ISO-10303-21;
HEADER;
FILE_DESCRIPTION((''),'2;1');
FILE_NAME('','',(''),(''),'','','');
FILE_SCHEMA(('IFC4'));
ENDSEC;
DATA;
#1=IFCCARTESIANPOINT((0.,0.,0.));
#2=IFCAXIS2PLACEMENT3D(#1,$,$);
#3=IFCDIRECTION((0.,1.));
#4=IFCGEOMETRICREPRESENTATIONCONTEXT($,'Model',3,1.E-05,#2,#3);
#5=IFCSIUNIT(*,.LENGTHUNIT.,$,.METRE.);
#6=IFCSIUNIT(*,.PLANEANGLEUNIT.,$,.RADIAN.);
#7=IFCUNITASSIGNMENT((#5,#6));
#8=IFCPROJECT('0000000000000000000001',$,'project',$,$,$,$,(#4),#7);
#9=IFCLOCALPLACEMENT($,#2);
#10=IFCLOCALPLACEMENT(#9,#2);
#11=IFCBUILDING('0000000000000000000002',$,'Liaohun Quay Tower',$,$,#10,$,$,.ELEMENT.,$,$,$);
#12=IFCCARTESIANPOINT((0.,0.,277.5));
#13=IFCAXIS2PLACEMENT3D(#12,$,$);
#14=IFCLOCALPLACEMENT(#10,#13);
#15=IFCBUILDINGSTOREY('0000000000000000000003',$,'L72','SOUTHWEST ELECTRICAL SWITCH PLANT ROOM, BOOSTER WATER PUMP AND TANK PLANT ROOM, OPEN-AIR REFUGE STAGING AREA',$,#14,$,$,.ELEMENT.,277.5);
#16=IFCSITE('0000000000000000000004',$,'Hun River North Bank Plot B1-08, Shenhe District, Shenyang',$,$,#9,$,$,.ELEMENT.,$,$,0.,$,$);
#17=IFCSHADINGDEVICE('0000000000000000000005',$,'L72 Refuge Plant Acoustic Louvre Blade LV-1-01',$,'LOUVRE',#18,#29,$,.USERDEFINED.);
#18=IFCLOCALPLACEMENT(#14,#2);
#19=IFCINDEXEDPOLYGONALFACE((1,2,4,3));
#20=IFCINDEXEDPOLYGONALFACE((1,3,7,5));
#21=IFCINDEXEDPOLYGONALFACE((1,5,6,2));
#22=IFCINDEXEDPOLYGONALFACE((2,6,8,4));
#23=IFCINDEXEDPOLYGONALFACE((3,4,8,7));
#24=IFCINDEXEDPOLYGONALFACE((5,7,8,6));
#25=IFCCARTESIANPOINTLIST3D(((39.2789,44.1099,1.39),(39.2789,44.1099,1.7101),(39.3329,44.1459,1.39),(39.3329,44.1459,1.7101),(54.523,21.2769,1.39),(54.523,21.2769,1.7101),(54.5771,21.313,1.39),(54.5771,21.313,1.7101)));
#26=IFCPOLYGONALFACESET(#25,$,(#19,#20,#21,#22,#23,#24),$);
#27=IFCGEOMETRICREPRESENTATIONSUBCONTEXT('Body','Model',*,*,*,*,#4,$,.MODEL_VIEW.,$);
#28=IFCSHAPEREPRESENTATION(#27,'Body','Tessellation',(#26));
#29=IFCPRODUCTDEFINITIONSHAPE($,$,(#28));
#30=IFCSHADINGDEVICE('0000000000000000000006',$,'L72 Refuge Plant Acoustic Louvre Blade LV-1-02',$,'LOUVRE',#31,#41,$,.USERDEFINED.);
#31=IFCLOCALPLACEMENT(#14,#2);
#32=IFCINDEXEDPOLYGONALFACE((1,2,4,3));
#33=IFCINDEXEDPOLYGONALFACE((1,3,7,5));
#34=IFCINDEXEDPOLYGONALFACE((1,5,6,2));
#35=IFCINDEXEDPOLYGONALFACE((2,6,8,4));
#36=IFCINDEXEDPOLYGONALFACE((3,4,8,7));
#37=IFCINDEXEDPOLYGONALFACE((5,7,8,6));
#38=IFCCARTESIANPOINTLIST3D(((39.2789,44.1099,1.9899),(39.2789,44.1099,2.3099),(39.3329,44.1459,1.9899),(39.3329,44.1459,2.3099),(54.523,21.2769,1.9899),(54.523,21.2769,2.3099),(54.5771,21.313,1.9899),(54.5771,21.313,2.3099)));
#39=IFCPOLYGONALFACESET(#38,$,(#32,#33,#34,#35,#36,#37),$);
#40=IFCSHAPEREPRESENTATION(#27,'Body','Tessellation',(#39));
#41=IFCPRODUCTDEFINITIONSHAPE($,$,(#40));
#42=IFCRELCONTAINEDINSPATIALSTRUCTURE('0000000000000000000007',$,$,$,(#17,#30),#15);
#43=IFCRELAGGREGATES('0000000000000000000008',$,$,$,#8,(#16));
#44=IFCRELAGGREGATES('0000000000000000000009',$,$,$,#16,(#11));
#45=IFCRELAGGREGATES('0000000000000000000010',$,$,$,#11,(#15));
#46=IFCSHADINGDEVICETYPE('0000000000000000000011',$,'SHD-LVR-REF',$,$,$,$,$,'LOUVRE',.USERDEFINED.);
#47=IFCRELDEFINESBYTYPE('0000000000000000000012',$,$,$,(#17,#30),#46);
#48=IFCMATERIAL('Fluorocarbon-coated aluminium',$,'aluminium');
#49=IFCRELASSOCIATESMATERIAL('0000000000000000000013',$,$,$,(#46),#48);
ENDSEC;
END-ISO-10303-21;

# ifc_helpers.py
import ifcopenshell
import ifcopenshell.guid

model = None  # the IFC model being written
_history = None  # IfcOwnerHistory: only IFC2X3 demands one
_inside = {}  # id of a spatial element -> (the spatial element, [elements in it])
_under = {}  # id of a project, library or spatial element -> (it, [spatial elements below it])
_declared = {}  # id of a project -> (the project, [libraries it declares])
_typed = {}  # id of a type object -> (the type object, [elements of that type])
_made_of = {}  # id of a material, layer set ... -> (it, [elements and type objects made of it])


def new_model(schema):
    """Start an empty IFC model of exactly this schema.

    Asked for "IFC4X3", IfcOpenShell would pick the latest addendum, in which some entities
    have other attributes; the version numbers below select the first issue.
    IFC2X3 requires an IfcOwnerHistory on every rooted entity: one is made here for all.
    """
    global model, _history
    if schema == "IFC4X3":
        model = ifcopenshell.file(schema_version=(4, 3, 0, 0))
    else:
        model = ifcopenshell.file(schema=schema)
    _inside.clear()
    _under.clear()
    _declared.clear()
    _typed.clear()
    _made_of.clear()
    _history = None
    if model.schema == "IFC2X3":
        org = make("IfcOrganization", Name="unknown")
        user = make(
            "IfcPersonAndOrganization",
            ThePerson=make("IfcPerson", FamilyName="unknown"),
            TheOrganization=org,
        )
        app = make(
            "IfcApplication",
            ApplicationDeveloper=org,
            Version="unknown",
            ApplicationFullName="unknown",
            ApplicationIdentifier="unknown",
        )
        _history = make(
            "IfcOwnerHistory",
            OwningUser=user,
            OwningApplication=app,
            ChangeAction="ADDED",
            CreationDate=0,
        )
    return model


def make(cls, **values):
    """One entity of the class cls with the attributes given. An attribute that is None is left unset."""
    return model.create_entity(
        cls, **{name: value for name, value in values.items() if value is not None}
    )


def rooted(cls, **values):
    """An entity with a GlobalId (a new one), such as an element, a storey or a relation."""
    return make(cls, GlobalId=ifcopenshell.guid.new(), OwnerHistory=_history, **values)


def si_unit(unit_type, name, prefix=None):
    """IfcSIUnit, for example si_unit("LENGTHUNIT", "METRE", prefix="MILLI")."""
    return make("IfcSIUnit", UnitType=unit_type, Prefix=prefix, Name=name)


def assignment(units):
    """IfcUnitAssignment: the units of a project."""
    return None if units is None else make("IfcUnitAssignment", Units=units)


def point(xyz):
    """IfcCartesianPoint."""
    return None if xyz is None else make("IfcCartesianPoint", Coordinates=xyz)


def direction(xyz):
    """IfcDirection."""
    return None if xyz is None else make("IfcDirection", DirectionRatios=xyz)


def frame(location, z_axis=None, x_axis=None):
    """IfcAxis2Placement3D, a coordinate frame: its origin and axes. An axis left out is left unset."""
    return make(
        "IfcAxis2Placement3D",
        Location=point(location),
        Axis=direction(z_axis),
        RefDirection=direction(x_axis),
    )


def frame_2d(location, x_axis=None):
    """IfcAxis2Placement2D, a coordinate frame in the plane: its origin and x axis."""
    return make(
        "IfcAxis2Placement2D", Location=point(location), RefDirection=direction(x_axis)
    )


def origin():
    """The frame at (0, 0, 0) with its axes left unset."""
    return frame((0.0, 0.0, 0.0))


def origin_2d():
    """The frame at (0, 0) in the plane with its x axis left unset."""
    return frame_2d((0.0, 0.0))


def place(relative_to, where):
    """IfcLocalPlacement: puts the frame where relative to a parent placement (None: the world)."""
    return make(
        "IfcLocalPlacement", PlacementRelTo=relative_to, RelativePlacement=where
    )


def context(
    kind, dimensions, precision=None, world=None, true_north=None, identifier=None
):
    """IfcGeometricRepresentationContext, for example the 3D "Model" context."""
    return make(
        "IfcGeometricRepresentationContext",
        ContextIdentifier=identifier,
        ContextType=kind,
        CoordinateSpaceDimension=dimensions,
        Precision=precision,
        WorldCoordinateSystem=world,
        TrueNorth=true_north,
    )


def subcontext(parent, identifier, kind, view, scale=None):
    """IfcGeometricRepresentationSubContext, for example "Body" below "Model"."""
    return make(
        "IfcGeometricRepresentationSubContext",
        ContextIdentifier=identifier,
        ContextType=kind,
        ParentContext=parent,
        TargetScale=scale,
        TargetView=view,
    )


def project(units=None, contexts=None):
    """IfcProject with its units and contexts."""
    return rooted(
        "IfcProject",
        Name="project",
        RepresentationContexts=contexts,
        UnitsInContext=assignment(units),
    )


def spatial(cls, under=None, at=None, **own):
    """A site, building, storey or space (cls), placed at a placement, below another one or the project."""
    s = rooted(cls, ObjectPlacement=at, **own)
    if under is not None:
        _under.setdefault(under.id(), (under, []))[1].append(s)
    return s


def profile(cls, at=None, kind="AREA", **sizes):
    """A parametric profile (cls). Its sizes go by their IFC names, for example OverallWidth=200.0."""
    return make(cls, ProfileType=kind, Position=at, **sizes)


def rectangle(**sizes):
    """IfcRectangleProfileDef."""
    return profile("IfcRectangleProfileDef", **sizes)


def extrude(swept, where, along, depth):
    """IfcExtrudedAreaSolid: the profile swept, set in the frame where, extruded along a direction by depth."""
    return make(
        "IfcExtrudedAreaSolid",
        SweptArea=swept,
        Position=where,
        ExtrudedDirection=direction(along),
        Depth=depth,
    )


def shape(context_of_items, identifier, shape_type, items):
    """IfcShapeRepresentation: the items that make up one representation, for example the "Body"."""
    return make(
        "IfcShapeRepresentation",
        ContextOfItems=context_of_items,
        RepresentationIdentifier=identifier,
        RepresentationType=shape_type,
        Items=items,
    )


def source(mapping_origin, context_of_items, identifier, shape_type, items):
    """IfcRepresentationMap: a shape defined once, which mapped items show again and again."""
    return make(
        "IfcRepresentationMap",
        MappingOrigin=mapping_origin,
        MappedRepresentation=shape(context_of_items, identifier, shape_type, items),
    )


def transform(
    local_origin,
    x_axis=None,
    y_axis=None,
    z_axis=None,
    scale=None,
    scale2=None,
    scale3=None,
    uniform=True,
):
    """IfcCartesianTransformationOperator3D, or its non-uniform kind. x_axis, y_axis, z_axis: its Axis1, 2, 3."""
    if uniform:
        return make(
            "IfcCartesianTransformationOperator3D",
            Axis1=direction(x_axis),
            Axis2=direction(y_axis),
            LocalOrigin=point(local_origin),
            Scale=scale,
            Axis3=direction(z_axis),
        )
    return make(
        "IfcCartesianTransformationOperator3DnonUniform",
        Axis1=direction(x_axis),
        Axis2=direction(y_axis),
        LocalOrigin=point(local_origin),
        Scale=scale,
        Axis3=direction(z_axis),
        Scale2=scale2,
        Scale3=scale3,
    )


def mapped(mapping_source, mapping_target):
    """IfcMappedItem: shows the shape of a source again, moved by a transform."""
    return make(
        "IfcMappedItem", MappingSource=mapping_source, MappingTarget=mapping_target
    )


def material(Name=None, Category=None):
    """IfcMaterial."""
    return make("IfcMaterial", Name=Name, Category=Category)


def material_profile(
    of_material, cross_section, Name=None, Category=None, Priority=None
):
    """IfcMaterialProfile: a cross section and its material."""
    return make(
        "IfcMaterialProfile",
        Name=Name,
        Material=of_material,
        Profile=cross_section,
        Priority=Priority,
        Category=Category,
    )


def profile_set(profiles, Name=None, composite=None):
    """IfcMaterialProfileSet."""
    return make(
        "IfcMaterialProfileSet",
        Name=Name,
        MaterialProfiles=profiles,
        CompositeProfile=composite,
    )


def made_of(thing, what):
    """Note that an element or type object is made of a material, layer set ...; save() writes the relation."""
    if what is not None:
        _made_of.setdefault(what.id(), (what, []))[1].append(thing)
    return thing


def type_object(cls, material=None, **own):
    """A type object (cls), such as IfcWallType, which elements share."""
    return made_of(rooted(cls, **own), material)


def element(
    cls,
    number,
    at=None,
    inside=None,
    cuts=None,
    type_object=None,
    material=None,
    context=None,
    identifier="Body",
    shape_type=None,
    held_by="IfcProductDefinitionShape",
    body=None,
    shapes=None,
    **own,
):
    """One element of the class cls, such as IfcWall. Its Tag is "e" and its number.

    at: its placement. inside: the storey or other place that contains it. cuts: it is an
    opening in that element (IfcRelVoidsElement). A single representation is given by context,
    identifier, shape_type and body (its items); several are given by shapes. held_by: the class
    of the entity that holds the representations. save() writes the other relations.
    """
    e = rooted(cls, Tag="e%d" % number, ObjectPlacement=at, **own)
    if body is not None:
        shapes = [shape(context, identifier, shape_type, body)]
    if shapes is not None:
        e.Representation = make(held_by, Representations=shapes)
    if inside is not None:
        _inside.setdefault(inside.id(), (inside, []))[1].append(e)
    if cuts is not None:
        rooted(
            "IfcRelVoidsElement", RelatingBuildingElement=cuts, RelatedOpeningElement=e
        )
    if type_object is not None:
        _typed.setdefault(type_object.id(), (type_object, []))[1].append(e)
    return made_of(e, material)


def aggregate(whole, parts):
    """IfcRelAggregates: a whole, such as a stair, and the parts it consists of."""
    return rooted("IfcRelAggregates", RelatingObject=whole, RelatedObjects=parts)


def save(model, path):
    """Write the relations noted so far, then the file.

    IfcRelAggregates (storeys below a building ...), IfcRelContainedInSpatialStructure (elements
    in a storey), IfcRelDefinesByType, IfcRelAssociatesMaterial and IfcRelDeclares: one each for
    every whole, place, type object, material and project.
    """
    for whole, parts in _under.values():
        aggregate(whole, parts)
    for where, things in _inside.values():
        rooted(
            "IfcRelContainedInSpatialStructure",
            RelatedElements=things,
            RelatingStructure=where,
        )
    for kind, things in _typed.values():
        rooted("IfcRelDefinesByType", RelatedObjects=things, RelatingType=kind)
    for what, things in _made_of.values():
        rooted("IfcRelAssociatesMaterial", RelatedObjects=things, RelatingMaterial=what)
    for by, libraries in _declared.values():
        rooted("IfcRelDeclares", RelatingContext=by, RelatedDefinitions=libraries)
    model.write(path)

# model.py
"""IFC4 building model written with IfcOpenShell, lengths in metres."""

from ifc_helpers import new_model, si_unit, direction, frame, origin, origin_2d, place, context, subcontext, project, spatial, rectangle, extrude, source, transform, mapped, material, material_profile, profile_set, type_object, element, save


model = new_model("IFC4")

# Units and contexts
model_context = context("Model", 3, precision=1e-05, world=origin(), true_north=direction((0.0, 1.0)))
body_context = subcontext(model_context, "Body", "Model", "MODEL_VIEW")
ifc_project = project(units=[si_unit("LENGTHUNIT", "METRE"), si_unit("PLANEANGLEUNIT", "RADIAN")], contexts=[model_context])

# Site, building, storey
site_placement = place(None, origin())
site = spatial("IfcSite", under=ifc_project, at=site_placement, Name="Hun River North Bank Plot B1-08, Shenhe District, Shenyang", CompositionType="ELEMENT", RefElevation=0.0)
building_placement = place(site_placement, origin())
building = spatial("IfcBuilding", under=site, at=building_placement, Name="Liaohun Quay Tower", CompositionType="ELEMENT")
storey_placement = place(building_placement, frame((0.0, 0.0, 277.5)))
storey = spatial("IfcBuildingStorey", under=building, at=storey_placement, Name="L72", Description="SOUTHWEST ELECTRICAL SWITCH PLANT ROOM, BOOSTER WATER PUMP AND TANK PLANT ROOM, OPEN-AIR REFUGE STAGING AREA", CompositionType="ELEMENT", Elevation=277.5)

# Shading devices
ifc_material_1 = material(Name="Fluorocarbon-coated aluminium", Category="aluminium")
ifc_material_profile_1 = material_profile(ifc_material_1, rectangle(XDim=0.0649, YDim=0.3201, at=origin_2d()), Name="ALU-LVR-320x65")
ifc_profile_set_1 = profile_set([ifc_material_profile_1], Name="Fluorocarbon-coated aluminium")
shading_device_type = type_object("IfcShadingDeviceType", Name="SHD-LVR-REF", ElementType="LOUVRE", PredefinedType="USERDEFINED", material=ifc_profile_set_1)
shared_shape_1 = source(origin(), body_context, "Body", "SweptSolid", [
    extrude(rectangle(XDim=0.0649, YDim=0.3201, at=origin_2d()), origin(), (0.0, 0.0, 1.0), 27.4541),
])
for number, where, z_axis, x_axis, name in (
    (1, (54.55, 21.2949, 1.55), (-0.555258, 0.831678, 0.0), (-0.831678, -0.555258, 0.0), "L72 Refuge Plant Acoustic Louvre Blade LV-1-01"),
    (2, (54.55, 21.2949, 2.1499), (-0.555258, 0.831678, 0.0), (-0.831678, -0.555258, 0.0), "L72 Refuge Plant Acoustic Louvre Blade LV-1-02"),
):
    element("IfcShadingDevice", number, at=place(storey_placement, frame(where, z_axis=z_axis, x_axis=x_axis)), inside=storey, type_object=shading_device_type, Name=name, ObjectType="LOUVRE", PredefinedType="USERDEFINED", context=body_context, shape_type="MappedRepresentation", body=[
        mapped(shared_shape_1, transform((0.0, 0.0, 0.0), x_axis=(1.0, 0.0, 0.0), y_axis=(0.0, 1.0, 0.0), z_axis=(0.0, 0.0, 1.0), scale=1.0)),
    ])

save(model, "model.ifc")
